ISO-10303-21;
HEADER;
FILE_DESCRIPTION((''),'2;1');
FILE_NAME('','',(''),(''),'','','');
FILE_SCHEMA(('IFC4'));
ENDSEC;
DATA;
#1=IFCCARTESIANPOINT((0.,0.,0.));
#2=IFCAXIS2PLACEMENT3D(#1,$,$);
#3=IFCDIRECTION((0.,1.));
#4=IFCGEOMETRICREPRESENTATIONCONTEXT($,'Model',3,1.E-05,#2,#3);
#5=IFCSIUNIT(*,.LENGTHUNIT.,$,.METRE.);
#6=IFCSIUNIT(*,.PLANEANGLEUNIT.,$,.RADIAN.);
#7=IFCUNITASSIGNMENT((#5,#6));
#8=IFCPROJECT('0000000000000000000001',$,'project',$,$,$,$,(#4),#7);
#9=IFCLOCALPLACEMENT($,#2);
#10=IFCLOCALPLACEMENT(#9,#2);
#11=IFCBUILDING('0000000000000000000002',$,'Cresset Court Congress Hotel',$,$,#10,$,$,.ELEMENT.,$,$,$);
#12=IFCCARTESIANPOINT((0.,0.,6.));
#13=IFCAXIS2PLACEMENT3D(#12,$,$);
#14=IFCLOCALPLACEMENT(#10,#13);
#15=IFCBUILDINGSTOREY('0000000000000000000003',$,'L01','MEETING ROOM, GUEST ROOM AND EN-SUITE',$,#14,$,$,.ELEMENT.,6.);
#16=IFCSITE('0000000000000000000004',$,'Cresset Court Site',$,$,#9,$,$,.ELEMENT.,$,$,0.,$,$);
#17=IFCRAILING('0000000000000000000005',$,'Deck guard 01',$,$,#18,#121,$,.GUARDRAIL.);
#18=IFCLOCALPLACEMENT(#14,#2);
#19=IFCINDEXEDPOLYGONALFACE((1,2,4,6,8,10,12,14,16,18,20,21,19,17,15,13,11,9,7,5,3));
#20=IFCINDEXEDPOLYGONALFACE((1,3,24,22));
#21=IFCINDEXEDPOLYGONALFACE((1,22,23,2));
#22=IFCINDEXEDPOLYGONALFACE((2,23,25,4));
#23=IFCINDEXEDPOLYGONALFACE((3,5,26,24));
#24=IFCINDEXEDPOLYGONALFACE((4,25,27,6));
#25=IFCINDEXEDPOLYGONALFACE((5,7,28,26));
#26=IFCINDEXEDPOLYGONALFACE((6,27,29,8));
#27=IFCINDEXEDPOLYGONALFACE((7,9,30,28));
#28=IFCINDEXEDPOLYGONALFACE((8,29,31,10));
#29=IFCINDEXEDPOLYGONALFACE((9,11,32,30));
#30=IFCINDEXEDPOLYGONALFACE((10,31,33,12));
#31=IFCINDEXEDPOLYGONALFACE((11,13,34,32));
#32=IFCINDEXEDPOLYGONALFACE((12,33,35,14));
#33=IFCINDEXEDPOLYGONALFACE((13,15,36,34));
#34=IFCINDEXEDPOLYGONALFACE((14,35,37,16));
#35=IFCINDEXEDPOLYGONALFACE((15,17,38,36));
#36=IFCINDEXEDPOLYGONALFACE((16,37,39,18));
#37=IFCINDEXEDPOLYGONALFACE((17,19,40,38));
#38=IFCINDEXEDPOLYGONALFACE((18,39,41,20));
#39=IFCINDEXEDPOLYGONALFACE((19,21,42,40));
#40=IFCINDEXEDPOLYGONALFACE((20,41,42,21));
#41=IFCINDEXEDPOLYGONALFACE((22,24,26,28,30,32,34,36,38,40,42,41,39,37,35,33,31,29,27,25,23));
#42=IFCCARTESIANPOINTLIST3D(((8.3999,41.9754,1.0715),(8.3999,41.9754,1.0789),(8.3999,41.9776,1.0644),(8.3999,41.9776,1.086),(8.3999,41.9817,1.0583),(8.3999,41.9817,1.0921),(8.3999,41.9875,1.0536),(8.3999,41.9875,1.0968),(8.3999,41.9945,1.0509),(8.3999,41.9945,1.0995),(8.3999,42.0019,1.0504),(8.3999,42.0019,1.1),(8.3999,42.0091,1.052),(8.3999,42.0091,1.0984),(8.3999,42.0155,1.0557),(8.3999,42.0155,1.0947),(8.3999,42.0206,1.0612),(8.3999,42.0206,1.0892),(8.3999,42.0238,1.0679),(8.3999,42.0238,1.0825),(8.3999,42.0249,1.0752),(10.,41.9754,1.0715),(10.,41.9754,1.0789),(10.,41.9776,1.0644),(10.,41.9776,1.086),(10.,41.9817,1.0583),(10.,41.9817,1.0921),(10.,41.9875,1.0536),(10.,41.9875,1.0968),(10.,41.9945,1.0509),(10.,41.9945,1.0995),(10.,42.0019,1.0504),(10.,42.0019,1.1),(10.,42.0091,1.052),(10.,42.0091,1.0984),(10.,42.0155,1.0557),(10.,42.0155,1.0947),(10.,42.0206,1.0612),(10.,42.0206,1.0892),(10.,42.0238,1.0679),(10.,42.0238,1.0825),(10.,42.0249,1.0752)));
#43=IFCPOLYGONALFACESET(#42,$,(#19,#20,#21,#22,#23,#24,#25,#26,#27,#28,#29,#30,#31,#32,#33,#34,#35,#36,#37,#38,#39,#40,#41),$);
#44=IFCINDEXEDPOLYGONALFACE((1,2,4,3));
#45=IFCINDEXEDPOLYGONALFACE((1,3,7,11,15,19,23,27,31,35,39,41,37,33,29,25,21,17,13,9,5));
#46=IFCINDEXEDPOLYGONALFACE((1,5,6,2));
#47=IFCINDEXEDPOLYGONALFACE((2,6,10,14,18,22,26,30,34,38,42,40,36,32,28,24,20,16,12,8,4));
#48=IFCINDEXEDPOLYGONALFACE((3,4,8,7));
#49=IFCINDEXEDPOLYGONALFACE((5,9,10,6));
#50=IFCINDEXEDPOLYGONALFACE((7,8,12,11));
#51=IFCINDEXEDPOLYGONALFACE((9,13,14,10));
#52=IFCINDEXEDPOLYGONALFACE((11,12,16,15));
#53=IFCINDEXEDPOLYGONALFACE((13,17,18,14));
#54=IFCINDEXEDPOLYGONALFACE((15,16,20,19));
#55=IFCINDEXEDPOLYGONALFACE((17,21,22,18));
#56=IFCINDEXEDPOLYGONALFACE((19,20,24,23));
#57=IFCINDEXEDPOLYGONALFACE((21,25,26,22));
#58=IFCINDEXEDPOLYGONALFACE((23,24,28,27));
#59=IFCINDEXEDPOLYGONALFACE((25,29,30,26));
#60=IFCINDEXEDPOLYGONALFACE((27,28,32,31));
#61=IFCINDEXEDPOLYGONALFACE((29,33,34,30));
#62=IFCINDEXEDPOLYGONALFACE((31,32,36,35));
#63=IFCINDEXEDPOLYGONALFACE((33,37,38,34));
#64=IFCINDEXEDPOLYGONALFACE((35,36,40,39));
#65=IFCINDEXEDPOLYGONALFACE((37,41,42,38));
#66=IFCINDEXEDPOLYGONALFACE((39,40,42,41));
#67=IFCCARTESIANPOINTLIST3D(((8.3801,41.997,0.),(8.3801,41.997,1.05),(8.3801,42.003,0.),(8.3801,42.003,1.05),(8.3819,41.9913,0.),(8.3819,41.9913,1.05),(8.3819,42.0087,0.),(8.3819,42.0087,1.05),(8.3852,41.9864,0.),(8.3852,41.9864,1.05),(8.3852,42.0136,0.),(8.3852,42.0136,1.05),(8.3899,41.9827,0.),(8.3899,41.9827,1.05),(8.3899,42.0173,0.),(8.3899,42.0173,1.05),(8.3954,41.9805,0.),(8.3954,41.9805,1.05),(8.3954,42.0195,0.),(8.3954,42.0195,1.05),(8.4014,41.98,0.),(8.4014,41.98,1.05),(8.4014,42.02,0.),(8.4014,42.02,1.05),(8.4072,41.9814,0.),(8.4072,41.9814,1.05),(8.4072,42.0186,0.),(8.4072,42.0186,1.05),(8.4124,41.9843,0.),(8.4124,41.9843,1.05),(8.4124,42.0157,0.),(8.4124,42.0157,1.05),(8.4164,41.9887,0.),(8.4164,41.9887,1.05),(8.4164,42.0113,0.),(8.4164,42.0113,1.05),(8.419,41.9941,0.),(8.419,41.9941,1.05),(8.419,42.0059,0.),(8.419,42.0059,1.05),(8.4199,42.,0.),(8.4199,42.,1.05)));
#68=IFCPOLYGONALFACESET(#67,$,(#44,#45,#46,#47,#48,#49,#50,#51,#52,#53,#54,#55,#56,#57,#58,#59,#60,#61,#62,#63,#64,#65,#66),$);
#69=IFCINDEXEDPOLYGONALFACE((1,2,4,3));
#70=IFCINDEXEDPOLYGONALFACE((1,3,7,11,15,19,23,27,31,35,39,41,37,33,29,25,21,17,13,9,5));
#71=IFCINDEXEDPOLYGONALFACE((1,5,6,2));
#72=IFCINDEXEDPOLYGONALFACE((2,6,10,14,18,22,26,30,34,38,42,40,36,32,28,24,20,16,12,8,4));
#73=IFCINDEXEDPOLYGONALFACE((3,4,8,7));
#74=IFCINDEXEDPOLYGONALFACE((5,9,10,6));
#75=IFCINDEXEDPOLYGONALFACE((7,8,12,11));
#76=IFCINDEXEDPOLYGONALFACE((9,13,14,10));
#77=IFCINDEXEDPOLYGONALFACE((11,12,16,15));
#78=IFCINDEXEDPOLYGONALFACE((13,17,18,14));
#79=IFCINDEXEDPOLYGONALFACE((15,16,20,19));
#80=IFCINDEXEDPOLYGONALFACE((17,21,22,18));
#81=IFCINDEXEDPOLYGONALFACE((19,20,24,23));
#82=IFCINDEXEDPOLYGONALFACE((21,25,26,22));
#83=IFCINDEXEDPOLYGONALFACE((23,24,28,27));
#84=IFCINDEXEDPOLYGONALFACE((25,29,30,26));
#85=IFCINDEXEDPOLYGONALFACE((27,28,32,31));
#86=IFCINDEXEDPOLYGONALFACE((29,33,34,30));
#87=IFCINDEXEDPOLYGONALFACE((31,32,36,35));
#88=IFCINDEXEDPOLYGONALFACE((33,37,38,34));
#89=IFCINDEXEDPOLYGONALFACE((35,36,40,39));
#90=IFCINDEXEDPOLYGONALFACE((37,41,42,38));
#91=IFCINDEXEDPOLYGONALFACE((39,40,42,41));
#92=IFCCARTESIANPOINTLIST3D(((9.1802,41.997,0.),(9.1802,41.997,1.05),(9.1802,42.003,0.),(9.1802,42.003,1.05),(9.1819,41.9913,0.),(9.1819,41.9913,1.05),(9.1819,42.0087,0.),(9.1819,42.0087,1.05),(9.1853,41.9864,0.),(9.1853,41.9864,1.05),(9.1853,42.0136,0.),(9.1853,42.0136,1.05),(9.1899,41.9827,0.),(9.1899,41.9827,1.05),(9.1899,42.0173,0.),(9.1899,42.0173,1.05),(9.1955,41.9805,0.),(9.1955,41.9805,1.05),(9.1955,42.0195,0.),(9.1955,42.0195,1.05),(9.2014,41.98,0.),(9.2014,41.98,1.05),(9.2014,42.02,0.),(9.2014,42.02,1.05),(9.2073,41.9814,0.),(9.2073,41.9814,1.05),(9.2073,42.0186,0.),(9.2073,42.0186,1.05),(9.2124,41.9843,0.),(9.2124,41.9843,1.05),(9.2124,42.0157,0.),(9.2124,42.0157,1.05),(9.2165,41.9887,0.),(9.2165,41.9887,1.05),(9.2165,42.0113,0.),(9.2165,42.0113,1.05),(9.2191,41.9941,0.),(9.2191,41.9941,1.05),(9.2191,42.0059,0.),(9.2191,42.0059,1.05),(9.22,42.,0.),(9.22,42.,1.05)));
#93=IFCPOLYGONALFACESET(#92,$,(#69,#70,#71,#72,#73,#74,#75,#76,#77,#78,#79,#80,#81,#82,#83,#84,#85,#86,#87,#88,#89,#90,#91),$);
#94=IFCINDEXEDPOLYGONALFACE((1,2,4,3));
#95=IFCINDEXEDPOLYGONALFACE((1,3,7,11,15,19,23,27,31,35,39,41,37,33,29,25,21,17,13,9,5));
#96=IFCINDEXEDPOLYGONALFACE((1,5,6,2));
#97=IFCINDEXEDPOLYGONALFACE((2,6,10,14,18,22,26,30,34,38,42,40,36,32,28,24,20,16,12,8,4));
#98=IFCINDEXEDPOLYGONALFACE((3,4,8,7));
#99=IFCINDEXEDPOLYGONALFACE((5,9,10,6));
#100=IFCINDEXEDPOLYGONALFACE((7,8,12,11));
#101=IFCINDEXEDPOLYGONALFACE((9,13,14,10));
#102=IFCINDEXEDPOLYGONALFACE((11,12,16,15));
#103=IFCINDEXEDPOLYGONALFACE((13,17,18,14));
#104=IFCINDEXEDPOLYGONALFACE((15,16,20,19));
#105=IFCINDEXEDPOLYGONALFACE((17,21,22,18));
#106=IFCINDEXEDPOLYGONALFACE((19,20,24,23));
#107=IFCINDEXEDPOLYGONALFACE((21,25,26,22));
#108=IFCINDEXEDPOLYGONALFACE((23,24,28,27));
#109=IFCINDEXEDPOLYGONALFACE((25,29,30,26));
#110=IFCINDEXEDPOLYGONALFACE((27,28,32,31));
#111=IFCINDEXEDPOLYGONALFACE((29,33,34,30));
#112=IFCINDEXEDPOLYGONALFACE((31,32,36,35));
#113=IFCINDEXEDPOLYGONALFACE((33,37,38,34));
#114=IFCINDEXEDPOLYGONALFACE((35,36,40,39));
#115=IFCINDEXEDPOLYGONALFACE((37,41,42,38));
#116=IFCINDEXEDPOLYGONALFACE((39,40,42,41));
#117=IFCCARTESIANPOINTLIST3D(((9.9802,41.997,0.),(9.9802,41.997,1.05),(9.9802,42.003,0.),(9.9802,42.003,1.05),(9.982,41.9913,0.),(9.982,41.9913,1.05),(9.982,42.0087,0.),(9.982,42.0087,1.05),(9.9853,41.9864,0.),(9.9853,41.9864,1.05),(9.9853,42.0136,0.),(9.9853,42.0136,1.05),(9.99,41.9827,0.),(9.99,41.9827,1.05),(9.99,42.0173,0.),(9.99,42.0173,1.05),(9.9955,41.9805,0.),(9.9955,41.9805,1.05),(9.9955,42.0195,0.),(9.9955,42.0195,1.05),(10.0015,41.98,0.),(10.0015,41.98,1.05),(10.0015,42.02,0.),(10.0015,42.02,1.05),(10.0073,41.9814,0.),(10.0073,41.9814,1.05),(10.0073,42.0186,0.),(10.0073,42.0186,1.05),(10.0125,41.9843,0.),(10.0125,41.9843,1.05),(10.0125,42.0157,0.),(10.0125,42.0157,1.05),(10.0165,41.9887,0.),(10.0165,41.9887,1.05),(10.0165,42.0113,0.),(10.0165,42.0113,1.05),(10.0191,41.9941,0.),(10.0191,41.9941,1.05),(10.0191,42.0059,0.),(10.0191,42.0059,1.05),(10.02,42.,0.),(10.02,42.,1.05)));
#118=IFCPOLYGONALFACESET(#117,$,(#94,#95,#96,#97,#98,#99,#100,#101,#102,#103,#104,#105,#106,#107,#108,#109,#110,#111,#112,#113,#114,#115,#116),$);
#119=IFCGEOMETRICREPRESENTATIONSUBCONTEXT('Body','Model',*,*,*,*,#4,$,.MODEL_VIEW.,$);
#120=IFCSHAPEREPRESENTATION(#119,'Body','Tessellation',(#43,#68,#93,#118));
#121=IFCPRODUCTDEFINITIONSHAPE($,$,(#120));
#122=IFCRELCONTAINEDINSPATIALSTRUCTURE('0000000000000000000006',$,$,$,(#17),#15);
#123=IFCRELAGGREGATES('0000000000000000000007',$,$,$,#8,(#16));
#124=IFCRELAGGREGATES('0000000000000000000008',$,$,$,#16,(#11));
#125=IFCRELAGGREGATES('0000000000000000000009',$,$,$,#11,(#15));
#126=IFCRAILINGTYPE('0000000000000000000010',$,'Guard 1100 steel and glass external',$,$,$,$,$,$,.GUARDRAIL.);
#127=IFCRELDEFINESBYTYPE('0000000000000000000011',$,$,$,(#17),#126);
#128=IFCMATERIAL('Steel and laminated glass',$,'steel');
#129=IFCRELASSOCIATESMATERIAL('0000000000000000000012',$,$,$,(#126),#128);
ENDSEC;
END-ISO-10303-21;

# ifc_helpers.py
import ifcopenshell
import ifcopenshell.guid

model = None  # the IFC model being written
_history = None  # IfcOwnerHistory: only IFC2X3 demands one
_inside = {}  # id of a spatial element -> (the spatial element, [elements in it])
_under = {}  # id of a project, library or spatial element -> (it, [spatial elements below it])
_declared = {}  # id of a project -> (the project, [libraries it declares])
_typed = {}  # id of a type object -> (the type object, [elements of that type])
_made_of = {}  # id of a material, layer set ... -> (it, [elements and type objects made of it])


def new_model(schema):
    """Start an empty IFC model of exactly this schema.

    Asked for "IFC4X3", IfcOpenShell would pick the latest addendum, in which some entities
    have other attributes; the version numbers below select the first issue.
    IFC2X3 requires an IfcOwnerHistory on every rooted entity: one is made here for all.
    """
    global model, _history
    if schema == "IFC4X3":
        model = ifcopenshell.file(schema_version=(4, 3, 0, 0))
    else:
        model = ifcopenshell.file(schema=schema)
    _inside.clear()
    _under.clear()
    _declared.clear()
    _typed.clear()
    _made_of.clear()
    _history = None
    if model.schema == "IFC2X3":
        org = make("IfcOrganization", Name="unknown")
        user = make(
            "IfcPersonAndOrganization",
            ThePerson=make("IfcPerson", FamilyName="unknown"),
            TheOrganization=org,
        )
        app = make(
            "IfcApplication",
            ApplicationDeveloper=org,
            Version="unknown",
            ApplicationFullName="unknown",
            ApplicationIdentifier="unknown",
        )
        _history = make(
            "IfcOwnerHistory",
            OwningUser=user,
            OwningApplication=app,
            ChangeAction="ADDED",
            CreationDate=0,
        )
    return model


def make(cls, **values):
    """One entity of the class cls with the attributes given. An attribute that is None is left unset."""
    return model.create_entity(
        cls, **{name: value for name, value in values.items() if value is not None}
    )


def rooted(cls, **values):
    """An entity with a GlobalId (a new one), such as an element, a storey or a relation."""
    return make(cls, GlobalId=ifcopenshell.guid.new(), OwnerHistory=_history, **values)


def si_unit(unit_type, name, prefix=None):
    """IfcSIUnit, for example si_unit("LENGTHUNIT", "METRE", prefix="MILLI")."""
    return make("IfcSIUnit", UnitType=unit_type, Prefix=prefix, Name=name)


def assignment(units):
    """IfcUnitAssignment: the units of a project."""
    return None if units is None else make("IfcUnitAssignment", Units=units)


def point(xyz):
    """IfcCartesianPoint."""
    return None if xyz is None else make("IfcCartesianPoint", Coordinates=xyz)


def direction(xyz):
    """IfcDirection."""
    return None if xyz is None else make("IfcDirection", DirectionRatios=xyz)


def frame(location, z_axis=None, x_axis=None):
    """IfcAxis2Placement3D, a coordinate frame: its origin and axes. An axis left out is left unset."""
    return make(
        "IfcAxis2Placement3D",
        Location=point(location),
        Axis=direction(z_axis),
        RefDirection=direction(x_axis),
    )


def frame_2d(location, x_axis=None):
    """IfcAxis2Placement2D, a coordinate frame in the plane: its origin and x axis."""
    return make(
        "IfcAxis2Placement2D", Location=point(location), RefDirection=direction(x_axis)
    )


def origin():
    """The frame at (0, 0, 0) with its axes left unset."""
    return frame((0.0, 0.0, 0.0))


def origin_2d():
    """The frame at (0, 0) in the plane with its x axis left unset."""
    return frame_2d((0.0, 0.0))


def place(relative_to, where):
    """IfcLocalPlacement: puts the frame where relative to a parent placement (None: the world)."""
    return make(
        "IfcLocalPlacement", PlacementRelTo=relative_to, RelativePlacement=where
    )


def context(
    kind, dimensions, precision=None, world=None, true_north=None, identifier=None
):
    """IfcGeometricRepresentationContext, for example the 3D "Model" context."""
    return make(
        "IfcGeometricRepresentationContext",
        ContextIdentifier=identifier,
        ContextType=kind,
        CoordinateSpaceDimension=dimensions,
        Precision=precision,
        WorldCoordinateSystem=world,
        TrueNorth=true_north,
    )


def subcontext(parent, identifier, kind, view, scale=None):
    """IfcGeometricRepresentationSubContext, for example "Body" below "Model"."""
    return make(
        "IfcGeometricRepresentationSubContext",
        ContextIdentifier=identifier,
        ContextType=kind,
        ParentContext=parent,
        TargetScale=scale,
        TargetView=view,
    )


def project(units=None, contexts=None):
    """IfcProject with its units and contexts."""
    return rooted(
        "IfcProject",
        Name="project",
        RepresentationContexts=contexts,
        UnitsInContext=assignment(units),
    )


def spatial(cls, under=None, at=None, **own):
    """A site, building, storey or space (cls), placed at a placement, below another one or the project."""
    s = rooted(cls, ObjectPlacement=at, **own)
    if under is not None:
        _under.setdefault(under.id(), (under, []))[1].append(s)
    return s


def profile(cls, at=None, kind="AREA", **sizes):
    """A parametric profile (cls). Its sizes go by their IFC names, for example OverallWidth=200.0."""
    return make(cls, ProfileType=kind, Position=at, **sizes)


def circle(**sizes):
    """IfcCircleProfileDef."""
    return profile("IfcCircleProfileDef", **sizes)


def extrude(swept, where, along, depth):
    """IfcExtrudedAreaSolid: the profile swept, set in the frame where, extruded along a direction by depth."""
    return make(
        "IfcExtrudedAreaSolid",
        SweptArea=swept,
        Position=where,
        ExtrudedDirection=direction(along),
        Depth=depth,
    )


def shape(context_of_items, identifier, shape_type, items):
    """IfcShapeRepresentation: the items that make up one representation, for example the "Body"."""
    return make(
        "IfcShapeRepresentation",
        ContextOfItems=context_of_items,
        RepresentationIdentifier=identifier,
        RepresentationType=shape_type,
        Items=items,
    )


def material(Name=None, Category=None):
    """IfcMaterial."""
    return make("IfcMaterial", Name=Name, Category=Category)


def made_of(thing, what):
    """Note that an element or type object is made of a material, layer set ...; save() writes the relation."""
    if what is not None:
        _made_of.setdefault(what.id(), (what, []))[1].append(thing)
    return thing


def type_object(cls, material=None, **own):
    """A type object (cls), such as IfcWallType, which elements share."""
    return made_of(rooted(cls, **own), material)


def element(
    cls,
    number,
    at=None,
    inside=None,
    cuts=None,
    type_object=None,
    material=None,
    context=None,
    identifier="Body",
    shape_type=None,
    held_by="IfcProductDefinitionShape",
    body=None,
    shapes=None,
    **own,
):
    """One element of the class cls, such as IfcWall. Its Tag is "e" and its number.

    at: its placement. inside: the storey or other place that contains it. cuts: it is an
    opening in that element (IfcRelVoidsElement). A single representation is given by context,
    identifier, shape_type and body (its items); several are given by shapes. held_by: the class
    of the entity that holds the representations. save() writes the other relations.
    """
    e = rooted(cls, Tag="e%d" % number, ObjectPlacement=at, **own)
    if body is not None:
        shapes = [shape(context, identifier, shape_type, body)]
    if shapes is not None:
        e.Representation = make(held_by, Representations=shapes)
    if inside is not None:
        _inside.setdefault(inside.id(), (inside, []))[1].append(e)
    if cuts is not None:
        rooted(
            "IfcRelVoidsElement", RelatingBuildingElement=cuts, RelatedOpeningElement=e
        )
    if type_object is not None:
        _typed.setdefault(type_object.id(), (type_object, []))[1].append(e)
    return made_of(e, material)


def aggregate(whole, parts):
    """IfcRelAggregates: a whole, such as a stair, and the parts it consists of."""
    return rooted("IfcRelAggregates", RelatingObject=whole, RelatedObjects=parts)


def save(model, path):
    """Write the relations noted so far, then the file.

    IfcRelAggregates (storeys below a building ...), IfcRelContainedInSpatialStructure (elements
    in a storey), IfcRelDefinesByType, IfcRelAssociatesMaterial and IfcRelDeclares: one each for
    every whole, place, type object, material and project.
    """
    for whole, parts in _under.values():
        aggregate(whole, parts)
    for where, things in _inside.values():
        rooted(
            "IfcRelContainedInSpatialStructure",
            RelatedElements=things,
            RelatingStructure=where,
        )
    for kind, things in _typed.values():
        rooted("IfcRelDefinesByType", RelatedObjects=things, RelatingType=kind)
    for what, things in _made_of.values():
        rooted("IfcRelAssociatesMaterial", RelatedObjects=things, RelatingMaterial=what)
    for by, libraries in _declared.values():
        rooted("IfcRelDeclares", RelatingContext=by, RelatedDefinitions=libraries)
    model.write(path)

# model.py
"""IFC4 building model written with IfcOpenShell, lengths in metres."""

from ifc_helpers import new_model, si_unit, direction, frame, origin, origin_2d, place, context, subcontext, project, spatial, circle, extrude, material, type_object, element, save


model = new_model("IFC4")

# Units and contexts
model_context = context("Model", 3, precision=1e-05, world=origin(), true_north=direction((0.0, 1.0)))
body_context = subcontext(model_context, "Body", "Model", "MODEL_VIEW")
ifc_project = project(units=[si_unit("LENGTHUNIT", "METRE"), si_unit("PLANEANGLEUNIT", "RADIAN")], contexts=[model_context])

# Site, building, storey
site_placement = place(None, origin())
site = spatial("IfcSite", under=ifc_project, at=site_placement, Name="Cresset Court Site", CompositionType="ELEMENT", RefElevation=0.0)
building_placement = place(site_placement, origin())
building = spatial("IfcBuilding", under=site, at=building_placement, Name="Cresset Court Congress Hotel", CompositionType="ELEMENT")
storey_placement = place(building_placement, frame((0.0, 0.0, 6.0)))
storey = spatial("IfcBuildingStorey", under=building, at=storey_placement, Name="L01", Description="MEETING ROOM, GUEST ROOM AND EN-SUITE", CompositionType="ELEMENT", Elevation=6.0)

# Railing
ifc_material_1 = material(Name="Steel and laminated glass", Category="steel")
railing_type = type_object("IfcRailingType", Name="Guard 1100 steel and glass external", PredefinedType="GUARDRAIL", material=ifc_material_1)
railing_1_placement = place(storey_placement, frame((8.3999, 42.0, 0.0)))
element("IfcRailing", 1, at=railing_1_placement, inside=storey, type_object=railing_type, Name="Deck guard 01", PredefinedType="GUARDRAIL", context=body_context, shape_type="SweptSolid", body=[
    extrude(circle(Radius=0.0249, at=origin_2d()), frame((0.0, 0.0, 1.0752), z_axis=(1.0, 0.0, 0.0), x_axis=(0.0, 1.0, 0.0)), (0.0, 0.0, 1.0), 1.6001),
    extrude(circle(Radius=0.02, at=origin_2d()), origin(), (0.0, 0.0, 1.0), 1.05),
    extrude(circle(Radius=0.02, at=origin_2d()), frame((0.8, 0.0, 0.0)), (0.0, 0.0, 1.0), 1.05),
    extrude(circle(Radius=0.02, at=origin_2d()), frame((1.6001, 0.0, 0.0)), (0.0, 0.0, 1.0), 1.05),
])

save(model, "model.ifc")
